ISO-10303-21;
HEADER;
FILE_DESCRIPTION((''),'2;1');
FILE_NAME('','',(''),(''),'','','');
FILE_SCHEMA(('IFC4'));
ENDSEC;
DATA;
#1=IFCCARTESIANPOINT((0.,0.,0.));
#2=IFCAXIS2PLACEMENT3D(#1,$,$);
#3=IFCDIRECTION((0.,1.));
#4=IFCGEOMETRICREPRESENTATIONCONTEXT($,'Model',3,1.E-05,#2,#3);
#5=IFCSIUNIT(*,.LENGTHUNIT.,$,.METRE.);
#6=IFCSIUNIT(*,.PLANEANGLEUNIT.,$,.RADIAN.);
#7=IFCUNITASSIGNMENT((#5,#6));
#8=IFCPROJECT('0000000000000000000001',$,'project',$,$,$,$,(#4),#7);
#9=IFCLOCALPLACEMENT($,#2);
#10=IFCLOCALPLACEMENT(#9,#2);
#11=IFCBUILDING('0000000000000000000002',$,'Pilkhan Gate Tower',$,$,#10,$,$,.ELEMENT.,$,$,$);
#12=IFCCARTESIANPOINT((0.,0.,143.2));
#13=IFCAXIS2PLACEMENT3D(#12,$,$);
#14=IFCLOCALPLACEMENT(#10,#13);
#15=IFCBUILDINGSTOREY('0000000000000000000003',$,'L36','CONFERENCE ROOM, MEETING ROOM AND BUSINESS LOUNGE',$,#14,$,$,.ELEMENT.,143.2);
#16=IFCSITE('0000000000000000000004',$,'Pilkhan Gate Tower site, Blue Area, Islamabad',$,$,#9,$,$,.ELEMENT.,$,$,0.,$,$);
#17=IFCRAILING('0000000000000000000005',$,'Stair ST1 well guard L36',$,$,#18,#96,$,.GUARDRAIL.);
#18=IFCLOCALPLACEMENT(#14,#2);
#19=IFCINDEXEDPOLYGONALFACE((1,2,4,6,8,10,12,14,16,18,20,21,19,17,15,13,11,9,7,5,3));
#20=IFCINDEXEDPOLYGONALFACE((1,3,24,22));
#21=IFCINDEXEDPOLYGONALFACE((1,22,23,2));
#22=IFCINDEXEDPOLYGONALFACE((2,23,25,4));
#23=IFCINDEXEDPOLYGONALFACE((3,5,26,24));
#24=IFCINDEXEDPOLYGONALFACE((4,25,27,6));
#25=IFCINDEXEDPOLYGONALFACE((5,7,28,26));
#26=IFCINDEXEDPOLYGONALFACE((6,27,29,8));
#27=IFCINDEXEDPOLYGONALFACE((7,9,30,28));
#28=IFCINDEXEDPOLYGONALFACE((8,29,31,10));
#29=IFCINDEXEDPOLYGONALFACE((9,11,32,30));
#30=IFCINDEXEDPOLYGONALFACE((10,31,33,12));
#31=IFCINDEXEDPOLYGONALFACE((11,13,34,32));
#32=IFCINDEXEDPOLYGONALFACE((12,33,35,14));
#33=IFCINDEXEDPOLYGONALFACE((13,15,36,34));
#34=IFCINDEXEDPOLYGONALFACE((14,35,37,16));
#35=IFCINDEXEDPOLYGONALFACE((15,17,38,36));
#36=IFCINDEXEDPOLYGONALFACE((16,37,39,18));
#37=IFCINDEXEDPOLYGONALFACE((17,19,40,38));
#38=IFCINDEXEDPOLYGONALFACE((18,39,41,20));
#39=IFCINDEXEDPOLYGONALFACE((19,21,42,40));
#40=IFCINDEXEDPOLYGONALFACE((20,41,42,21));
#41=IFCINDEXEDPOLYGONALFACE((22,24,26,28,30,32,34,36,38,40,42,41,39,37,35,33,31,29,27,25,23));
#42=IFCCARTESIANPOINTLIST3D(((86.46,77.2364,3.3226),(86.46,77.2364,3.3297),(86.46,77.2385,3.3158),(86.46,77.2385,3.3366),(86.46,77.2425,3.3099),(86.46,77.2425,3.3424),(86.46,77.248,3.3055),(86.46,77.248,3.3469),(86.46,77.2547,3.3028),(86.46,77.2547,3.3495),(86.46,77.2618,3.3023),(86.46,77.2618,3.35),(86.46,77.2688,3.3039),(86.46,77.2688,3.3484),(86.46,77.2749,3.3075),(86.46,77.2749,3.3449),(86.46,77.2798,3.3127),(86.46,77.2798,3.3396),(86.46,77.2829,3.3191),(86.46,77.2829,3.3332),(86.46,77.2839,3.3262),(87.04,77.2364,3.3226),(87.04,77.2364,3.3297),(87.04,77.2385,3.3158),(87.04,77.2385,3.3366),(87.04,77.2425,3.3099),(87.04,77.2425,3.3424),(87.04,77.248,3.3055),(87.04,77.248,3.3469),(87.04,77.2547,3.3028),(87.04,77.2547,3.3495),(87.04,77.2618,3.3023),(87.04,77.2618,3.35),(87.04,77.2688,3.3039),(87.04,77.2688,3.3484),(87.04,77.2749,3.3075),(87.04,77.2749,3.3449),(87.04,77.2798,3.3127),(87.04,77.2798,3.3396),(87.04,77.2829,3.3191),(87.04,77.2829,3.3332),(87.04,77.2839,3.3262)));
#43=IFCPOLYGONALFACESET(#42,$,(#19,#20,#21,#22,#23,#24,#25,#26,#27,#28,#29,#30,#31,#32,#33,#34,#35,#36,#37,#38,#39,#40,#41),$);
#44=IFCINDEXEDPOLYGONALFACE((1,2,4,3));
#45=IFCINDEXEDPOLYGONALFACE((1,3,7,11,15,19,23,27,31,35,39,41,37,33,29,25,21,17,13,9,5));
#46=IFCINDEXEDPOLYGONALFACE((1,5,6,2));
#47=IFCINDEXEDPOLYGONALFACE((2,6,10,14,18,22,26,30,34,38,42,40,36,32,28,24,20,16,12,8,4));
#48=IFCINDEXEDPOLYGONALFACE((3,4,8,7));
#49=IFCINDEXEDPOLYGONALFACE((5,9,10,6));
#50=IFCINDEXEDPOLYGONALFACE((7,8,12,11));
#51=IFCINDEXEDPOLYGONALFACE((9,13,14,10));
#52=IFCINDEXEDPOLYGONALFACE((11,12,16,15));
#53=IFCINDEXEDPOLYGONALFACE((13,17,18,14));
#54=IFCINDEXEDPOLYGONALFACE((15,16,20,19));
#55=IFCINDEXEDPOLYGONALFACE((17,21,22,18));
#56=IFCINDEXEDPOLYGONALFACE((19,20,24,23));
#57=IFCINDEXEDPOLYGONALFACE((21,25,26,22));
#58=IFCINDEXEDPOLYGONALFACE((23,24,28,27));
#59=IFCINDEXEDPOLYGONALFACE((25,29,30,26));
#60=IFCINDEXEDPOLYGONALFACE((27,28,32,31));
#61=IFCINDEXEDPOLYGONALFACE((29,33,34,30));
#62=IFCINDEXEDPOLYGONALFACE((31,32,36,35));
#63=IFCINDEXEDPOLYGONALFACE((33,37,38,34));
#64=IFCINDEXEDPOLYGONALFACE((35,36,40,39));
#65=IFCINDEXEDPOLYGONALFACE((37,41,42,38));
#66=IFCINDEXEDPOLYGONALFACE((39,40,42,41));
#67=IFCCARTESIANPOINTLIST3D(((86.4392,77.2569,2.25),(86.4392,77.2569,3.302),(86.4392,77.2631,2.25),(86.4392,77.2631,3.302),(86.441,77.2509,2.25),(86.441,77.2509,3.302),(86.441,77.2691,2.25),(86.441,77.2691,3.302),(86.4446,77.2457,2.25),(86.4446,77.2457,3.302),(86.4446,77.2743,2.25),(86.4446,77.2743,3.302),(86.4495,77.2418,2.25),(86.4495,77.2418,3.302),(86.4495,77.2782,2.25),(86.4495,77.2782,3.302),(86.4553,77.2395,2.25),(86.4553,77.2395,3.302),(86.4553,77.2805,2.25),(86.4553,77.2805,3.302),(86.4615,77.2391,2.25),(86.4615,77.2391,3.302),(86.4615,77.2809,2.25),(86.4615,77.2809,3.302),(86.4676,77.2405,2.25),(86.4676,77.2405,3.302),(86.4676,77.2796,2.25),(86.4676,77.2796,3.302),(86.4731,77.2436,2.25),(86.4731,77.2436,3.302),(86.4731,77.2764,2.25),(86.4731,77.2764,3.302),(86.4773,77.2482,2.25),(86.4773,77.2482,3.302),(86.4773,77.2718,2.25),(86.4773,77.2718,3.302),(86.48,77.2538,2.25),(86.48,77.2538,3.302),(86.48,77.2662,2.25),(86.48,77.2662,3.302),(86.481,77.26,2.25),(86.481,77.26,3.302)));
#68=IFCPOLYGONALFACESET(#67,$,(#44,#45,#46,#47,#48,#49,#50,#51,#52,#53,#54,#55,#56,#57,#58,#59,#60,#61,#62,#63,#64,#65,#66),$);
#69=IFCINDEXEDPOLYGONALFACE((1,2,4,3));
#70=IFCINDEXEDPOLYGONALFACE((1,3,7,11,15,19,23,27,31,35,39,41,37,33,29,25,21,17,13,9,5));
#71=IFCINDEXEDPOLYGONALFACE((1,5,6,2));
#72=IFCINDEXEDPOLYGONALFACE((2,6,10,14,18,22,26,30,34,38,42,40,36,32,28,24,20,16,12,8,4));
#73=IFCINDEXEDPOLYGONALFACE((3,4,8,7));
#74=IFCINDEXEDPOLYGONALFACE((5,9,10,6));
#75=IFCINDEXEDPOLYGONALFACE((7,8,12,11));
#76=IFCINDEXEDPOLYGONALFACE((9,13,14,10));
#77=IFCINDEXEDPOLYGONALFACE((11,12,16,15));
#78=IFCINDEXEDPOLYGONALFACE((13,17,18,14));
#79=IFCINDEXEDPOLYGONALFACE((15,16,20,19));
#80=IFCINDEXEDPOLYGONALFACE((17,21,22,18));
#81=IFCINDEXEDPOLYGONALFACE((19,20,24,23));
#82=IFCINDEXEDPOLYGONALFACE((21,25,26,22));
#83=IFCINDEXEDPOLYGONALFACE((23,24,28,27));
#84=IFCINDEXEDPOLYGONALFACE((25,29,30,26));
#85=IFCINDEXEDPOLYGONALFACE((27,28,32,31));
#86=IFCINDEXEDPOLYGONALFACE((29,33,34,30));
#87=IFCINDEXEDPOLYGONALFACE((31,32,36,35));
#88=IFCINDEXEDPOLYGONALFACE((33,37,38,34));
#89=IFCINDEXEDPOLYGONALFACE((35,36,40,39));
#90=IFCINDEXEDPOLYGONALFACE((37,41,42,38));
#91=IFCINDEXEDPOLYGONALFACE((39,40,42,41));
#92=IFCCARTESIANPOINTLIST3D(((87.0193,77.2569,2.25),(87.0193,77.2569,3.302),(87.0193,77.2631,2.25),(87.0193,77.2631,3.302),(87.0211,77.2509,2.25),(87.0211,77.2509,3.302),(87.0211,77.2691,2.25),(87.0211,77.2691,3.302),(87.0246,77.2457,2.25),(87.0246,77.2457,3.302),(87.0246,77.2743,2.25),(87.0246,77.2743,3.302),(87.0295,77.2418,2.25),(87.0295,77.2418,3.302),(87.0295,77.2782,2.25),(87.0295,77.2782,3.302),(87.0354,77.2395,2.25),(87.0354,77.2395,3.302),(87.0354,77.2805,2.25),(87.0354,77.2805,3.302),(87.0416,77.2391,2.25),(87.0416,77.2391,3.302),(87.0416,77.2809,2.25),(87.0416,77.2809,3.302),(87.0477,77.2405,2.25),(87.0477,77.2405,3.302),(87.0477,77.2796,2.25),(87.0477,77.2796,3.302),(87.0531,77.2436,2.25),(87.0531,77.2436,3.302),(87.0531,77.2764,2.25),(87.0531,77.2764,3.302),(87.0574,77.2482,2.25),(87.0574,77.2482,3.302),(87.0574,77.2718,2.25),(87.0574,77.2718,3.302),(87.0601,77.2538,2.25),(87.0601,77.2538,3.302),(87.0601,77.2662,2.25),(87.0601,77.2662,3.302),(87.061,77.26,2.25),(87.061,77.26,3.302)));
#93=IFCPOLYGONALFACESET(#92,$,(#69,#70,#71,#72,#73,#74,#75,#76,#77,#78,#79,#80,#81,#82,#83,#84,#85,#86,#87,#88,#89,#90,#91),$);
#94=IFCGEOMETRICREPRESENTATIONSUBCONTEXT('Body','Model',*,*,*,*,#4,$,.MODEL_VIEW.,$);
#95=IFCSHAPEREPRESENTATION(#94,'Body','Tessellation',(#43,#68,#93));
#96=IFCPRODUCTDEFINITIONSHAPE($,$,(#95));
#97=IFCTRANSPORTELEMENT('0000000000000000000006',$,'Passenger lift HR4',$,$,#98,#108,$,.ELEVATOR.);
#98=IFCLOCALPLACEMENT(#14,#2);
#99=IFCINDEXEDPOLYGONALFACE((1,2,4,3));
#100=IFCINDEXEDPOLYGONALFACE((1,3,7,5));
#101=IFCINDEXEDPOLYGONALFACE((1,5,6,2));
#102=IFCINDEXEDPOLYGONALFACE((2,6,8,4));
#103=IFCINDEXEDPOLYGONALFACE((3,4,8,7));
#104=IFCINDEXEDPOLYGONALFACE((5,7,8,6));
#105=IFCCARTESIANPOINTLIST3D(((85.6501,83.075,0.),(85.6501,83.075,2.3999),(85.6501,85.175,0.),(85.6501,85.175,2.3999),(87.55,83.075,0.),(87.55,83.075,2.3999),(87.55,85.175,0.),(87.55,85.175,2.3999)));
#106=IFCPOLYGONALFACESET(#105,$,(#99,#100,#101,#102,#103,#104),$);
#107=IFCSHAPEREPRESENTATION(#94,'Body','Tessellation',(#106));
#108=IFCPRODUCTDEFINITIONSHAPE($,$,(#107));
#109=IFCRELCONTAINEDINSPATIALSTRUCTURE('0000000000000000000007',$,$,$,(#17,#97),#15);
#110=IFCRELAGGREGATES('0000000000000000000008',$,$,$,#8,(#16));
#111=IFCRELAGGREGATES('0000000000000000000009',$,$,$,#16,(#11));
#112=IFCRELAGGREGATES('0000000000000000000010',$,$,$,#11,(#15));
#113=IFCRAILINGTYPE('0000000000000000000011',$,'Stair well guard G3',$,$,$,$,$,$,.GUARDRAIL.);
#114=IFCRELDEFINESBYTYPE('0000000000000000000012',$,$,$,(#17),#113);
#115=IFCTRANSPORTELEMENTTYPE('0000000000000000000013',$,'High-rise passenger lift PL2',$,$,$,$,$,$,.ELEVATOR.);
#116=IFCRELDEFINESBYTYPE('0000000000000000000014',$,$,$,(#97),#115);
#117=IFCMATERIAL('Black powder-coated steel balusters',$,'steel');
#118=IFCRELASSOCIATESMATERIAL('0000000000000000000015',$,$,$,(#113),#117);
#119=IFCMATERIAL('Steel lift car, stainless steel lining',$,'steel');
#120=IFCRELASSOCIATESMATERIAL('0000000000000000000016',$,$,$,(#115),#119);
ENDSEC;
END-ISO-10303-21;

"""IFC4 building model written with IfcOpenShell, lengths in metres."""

from ifc_helpers import new_model, si_unit, direction, frame, origin, origin_2d, place, context, subcontext, project, spatial, rectangle, circle, extrude, material, type_object, element, save


model = new_model("IFC4")

# Units and contexts
model_context = context("Model", 3, precision=1e-05, world=origin(), true_north=direction((0.0, 1.0)))
body_context = subcontext(model_context, "Body", "Model", "MODEL_VIEW")
ifc_project = project(units=[si_unit("LENGTHUNIT", "METRE"), si_unit("PLANEANGLEUNIT", "RADIAN")], contexts=[model_context])

# Site, building, storey
site_placement = place(None, origin())
site = spatial("IfcSite", under=ifc_project, at=site_placement, Name="Pilkhan Gate Tower site, Blue Area, Islamabad", CompositionType="ELEMENT", RefElevation=0.0)
building_placement = place(site_placement, origin())
building = spatial("IfcBuilding", under=site, at=building_placement, Name="Pilkhan Gate Tower", CompositionType="ELEMENT")
storey_placement = place(building_placement, frame((0.0, 0.0, 143.2)))
storey = spatial("IfcBuildingStorey", under=building, at=storey_placement, Name="L36", Description="CONFERENCE ROOM, MEETING ROOM AND BUSINESS LOUNGE", CompositionType="ELEMENT", Elevation=143.2)

# Railing
ifc_material_1 = material(Name="Black powder-coated steel balusters", Category="steel")
railing_type_1 = type_object("IfcRailingType", Name="Stair well guard G3", PredefinedType="GUARDRAIL", material=ifc_material_1)
railing_1_placement = place(storey_placement, frame((86.46, 77.26, 2.25)))
element("IfcRailing", 1, at=railing_1_placement, inside=storey, type_object=railing_type_1, Name="Stair ST1 well guard L36", PredefinedType="GUARDRAIL", context=body_context, shape_type="SweptSolid", body=[
    extrude(circle(Radius=0.0239, at=origin_2d()), frame((0.0, 0.0, 1.0762), z_axis=(1.0, 0.0, 0.0), x_axis=(0.0, 1.0, 0.0)), (0.0, 0.0, 1.0), 0.5801),
    extrude(circle(Radius=0.021, at=origin_2d()), origin(), (0.0, 0.0, 1.0), 1.052),
    extrude(circle(Radius=0.021, at=origin_2d()), frame((0.5801, 0.0, 0.0)), (0.0, 0.0, 1.0), 1.052),
])

# Transport element
ifc_material_2 = material(Name="Steel lift car, stainless steel lining", Category="steel")
transport_element_type = type_object("IfcTransportElementType", Name="High-rise passenger lift PL2", PredefinedType="ELEVATOR", material=ifc_material_2)
transport_element_placement = place(storey_placement, frame((86.6001, 84.125, 0.0), z_axis=(0.0, 0.0, 1.0), x_axis=(1.0, 0.0, 0.0)))
element("IfcTransportElement", 2, at=transport_element_placement, inside=storey, type_object=transport_element_type, Name="Passenger lift HR4", PredefinedType="ELEVATOR", context=body_context, shape_type="SweptSolid", body=[
    extrude(rectangle(XDim=1.8999, YDim=2.1001, at=origin_2d()), origin(), (0.0, 0.0, 1.0), 2.3999),
])

save(model, "model.ifc")
